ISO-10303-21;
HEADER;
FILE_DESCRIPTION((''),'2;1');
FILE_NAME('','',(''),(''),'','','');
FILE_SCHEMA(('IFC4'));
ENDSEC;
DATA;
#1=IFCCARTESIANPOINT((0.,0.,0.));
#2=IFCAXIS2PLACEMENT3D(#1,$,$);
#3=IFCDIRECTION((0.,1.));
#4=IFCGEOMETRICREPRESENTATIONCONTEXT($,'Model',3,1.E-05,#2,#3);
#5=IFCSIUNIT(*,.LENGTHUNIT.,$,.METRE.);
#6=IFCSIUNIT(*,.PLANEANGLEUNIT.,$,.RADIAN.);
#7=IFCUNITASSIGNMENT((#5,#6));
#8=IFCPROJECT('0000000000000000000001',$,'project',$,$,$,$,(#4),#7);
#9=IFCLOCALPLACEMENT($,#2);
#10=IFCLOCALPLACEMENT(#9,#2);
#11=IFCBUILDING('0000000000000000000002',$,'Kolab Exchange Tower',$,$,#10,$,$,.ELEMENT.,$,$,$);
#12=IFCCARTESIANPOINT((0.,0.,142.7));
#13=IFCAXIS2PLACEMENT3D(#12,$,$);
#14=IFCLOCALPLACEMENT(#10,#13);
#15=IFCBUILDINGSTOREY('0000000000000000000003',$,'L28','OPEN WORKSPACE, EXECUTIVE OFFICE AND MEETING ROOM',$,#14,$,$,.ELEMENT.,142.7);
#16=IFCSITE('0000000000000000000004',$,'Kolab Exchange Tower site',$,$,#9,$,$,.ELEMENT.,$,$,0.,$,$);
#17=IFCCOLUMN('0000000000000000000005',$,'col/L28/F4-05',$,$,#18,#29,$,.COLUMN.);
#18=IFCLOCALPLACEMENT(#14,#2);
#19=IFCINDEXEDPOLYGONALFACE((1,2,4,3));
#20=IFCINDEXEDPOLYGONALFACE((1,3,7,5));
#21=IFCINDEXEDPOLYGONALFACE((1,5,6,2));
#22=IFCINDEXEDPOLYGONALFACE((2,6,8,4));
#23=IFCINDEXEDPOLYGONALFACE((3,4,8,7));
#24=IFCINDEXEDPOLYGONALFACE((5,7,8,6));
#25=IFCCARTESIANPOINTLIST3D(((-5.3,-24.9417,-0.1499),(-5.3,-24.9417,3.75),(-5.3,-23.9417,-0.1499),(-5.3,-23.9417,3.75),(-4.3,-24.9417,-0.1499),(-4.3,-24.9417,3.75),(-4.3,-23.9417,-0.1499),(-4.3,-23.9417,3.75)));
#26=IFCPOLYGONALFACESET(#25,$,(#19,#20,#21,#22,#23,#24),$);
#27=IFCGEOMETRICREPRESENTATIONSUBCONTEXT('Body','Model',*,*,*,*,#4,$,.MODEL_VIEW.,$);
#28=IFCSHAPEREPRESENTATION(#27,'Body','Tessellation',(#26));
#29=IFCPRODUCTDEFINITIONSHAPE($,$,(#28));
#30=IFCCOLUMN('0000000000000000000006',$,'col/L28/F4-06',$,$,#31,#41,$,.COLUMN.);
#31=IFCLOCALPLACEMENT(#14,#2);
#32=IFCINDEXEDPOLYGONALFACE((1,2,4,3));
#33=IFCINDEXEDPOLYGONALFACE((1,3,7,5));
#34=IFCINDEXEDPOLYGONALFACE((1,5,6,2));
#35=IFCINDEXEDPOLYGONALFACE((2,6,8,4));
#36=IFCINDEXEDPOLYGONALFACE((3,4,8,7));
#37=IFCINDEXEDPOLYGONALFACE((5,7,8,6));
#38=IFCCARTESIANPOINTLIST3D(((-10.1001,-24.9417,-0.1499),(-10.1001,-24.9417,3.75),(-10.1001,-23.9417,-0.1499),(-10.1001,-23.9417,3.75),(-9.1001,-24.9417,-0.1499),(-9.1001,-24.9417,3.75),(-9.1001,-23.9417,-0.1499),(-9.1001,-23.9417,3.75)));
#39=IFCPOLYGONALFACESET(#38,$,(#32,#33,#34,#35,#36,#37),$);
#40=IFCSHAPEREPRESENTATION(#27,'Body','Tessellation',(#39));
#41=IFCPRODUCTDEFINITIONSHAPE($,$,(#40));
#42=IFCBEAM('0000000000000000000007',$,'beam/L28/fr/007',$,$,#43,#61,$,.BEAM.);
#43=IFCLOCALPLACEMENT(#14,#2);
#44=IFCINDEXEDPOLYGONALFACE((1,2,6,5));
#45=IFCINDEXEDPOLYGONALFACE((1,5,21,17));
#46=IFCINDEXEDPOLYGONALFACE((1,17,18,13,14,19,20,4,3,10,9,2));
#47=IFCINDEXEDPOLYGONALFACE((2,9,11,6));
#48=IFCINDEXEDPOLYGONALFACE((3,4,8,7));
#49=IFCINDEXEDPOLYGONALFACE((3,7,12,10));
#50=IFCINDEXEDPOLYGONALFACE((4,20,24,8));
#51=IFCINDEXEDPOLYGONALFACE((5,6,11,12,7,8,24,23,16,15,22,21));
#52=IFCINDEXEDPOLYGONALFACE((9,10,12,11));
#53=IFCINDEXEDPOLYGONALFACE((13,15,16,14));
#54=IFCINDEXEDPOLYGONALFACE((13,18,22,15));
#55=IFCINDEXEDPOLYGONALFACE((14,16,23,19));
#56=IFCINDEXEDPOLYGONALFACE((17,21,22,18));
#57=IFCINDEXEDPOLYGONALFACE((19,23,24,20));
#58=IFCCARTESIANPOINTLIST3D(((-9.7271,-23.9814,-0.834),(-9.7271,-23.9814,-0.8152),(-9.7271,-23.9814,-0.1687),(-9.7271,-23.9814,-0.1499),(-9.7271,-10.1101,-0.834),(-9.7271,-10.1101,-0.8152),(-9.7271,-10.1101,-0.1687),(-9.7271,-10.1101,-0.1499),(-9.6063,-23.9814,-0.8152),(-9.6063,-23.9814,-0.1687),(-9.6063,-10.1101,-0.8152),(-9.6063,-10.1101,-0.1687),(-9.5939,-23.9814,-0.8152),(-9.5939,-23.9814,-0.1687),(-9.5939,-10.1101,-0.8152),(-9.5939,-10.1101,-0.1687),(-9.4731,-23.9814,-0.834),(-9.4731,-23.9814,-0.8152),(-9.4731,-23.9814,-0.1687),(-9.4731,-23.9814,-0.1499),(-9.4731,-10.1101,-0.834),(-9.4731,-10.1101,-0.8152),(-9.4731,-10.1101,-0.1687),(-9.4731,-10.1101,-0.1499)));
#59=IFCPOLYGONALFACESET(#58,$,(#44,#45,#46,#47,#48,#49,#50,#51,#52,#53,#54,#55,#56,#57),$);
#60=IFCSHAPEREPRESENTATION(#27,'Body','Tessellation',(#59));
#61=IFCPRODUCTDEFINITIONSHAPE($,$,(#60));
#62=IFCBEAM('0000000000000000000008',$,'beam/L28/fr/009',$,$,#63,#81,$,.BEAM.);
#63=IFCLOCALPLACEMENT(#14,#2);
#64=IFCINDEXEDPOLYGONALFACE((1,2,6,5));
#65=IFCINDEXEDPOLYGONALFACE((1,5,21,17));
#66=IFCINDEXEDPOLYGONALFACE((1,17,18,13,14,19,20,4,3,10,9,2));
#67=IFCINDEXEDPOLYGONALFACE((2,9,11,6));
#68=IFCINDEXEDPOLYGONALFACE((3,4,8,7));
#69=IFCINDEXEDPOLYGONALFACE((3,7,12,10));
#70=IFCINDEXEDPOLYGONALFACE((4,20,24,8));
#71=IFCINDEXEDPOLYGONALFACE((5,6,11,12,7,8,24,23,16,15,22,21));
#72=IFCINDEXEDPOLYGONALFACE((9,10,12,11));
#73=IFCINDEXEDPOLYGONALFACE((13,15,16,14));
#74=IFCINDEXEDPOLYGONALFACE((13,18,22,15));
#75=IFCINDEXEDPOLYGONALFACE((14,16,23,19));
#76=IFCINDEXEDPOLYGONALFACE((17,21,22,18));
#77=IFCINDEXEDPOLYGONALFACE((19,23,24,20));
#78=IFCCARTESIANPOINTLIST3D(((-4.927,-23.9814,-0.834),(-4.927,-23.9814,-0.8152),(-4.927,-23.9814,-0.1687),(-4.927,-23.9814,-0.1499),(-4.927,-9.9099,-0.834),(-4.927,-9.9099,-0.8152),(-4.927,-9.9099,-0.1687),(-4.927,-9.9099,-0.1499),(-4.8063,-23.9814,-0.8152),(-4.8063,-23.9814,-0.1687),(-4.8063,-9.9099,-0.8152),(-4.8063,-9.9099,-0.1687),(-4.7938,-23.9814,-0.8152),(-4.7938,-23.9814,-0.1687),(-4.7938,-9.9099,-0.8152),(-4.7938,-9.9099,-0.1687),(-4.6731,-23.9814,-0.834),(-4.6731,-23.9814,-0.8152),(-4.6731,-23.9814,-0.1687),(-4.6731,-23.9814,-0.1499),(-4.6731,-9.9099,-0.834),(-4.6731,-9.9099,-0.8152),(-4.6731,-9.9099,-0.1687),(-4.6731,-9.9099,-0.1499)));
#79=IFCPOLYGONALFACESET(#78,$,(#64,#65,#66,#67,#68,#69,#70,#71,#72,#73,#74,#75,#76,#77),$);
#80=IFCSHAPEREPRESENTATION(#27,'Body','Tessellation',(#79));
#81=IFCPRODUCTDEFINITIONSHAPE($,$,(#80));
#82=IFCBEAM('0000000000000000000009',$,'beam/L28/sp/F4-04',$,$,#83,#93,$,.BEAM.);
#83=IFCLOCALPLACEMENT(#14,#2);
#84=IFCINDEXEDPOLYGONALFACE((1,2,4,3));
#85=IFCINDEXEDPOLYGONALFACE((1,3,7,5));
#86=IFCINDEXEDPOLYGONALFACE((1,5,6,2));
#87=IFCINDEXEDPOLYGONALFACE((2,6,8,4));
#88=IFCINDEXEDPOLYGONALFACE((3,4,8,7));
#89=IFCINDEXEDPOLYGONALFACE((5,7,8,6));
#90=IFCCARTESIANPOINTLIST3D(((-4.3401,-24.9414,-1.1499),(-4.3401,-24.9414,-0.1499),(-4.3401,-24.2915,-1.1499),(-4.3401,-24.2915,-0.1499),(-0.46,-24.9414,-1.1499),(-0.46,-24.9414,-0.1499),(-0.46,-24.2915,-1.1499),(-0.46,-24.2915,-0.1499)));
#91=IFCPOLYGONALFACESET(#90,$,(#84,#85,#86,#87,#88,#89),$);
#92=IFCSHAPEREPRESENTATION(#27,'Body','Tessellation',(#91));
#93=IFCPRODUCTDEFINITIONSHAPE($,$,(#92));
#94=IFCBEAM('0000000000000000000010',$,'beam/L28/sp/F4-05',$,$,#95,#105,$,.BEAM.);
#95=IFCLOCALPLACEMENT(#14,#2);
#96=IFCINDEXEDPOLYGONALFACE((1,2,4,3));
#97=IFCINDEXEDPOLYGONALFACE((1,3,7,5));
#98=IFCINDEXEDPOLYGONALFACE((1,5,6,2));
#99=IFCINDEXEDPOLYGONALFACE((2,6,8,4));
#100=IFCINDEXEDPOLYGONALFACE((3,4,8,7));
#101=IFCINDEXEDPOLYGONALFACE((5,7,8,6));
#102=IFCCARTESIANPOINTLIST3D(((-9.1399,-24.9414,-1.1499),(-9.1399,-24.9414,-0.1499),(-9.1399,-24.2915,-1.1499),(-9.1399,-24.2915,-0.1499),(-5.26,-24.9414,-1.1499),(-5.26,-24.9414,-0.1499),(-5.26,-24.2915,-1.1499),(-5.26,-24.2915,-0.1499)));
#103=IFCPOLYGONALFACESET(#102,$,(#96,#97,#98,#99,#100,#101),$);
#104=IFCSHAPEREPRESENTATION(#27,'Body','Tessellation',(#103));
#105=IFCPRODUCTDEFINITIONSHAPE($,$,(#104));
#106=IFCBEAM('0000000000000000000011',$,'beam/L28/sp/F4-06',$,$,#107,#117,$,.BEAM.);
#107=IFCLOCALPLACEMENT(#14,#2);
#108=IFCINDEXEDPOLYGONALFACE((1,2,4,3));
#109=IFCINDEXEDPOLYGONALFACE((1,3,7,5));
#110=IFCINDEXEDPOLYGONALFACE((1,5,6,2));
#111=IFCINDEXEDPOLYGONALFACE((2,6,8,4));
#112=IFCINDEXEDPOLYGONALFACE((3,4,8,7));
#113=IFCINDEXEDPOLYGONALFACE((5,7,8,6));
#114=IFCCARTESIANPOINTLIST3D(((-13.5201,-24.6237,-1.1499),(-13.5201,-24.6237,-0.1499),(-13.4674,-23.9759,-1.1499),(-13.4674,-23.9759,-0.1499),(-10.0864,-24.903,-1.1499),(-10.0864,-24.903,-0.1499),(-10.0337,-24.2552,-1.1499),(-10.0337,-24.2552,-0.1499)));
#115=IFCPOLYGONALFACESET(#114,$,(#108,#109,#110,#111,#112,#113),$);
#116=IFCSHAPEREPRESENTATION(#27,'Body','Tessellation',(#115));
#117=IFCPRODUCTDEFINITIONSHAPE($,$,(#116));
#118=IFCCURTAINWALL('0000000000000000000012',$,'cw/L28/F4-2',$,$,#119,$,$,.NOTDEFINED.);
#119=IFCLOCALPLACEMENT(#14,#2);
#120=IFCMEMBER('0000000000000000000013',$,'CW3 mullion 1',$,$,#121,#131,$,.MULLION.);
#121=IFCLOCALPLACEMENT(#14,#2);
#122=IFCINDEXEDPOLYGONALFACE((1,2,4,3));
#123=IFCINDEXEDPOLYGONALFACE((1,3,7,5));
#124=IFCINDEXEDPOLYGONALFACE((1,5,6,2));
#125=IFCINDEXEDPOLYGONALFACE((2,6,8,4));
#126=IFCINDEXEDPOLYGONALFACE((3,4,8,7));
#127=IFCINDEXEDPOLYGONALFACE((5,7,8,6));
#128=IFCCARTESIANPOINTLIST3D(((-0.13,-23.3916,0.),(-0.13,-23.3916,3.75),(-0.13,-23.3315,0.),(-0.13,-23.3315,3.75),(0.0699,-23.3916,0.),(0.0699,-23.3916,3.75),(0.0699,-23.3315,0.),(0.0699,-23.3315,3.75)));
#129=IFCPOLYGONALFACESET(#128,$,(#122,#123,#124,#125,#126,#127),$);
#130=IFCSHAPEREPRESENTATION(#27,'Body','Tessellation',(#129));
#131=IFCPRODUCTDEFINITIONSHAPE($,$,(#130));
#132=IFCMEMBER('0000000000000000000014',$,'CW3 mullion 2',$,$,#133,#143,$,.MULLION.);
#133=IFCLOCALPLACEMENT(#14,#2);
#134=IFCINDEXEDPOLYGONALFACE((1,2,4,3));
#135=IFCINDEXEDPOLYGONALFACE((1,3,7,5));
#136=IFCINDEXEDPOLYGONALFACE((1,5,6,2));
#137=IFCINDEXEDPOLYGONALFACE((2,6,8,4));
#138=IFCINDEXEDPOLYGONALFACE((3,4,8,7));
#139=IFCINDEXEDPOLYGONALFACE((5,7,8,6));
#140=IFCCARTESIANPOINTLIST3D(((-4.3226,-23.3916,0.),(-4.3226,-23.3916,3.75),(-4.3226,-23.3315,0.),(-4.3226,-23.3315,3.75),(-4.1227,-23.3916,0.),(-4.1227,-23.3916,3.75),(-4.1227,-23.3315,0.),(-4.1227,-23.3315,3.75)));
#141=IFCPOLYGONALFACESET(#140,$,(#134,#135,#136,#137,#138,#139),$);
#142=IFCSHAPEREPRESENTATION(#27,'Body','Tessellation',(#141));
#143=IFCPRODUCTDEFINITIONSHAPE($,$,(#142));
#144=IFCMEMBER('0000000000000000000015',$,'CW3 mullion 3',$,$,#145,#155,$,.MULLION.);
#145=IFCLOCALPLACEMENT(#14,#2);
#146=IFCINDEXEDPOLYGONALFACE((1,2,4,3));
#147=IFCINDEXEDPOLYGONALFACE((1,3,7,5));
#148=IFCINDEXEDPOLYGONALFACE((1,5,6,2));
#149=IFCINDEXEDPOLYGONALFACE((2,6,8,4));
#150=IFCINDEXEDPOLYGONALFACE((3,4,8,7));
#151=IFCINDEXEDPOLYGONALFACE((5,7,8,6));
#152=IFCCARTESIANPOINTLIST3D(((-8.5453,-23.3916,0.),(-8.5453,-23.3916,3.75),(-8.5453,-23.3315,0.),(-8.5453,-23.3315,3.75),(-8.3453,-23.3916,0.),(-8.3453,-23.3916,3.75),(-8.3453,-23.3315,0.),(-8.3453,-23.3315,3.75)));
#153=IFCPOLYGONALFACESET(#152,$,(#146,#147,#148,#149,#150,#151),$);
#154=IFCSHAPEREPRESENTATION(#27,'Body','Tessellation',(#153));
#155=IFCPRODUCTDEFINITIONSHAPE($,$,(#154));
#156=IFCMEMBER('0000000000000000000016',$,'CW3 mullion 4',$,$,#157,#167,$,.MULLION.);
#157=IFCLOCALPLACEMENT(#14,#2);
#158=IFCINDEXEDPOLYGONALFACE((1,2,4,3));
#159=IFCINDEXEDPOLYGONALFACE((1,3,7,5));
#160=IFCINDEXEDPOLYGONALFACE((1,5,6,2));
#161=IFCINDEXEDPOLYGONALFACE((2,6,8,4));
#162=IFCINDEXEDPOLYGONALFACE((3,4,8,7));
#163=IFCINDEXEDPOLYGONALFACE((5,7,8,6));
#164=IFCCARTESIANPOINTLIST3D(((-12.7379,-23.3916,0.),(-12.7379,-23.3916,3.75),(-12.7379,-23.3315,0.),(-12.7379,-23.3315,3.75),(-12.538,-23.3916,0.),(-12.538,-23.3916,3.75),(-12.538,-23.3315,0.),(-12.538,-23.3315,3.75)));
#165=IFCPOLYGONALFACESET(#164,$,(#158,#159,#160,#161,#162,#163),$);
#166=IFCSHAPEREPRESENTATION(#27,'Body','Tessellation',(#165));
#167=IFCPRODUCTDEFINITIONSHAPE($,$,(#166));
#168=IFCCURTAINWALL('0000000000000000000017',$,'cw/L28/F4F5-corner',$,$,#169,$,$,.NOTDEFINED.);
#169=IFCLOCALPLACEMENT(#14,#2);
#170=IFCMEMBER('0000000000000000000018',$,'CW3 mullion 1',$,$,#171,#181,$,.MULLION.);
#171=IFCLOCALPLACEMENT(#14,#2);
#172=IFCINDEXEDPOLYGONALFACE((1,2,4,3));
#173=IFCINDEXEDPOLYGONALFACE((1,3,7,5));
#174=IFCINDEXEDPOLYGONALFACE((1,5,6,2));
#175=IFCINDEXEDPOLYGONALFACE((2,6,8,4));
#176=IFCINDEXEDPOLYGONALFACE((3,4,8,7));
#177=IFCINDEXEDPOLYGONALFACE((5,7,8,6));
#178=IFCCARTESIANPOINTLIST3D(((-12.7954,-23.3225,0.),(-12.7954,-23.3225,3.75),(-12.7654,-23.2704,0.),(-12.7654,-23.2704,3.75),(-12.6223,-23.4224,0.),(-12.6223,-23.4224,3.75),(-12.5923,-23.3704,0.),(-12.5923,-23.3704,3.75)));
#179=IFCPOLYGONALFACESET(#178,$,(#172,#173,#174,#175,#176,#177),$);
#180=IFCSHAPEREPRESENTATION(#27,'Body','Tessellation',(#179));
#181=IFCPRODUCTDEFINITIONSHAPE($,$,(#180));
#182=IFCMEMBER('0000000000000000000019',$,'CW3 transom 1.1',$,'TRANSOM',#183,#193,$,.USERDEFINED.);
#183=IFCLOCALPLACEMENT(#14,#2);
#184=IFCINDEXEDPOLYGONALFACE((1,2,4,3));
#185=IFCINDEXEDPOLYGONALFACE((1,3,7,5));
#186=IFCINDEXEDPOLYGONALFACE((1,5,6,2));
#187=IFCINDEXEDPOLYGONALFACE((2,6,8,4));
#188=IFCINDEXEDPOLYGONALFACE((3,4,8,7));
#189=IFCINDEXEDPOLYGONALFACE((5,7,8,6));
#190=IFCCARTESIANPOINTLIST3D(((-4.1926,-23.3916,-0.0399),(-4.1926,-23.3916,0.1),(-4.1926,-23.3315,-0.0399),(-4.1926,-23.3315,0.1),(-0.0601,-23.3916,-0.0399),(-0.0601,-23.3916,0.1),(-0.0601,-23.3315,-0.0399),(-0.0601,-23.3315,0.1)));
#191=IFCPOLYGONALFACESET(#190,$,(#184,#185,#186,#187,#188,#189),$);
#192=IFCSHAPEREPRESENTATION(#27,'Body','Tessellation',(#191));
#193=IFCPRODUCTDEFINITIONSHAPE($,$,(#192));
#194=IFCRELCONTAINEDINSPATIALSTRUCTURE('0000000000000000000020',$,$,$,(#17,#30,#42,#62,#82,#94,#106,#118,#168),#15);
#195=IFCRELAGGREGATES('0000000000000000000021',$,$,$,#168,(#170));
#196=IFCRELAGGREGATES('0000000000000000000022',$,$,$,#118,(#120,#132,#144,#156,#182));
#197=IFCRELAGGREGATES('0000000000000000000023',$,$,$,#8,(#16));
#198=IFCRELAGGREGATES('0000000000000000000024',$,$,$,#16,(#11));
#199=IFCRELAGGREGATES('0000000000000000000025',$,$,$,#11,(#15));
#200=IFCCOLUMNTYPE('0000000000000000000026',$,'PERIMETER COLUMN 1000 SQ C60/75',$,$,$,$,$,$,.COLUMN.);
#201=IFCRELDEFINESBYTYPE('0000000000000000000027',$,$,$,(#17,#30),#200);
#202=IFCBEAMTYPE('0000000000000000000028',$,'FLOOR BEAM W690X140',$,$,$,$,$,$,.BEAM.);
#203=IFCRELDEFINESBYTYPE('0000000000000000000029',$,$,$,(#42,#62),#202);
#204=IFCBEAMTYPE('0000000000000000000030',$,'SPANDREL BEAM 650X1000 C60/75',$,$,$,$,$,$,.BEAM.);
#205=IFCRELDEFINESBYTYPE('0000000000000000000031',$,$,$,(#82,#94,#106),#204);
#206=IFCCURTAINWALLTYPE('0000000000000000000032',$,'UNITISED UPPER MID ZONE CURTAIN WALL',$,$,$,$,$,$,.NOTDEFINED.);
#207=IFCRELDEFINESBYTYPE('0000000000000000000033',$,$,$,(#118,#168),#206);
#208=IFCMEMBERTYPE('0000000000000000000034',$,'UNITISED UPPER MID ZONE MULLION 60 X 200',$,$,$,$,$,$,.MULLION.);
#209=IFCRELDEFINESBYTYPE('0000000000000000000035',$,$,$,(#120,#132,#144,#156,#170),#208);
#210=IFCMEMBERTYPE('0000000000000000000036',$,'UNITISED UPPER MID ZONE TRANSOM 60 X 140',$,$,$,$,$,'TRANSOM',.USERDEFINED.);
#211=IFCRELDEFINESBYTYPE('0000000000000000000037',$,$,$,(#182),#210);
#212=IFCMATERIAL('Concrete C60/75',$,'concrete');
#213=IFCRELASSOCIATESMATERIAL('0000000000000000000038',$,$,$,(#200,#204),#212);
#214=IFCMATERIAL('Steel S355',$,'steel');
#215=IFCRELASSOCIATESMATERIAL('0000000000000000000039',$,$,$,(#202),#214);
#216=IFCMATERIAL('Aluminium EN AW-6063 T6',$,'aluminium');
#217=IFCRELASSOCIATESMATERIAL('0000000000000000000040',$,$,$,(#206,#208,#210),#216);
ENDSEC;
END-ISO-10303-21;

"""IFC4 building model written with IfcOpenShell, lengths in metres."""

from ifc_helpers import new_model, si_unit, direction, frame, origin, origin_2d, place, context, subcontext, project, spatial, rectangle, i_section, extrude, material, material_profile, profile_set, type_object, element, aggregate, save


model = new_model("IFC4")

# Units and contexts
model_context = context("Model", 3, precision=1e-05, world=origin(), true_north=direction((0.0, 1.0)))
body_context = subcontext(model_context, "Body", "Model", "MODEL_VIEW")
ifc_project = project(units=[si_unit("LENGTHUNIT", "METRE"), si_unit("PLANEANGLEUNIT", "RADIAN")], contexts=[model_context])

# Site, building, storey
site_placement = place(None, origin())
site = spatial("IfcSite", under=ifc_project, at=site_placement, Name="Kolab Exchange Tower site", CompositionType="ELEMENT", RefElevation=0.0)
building_placement = place(site_placement, origin())
building = spatial("IfcBuilding", under=site, at=building_placement, Name="Kolab Exchange Tower", CompositionType="ELEMENT")
storey_placement = place(building_placement, frame((0.0, 0.0, 142.7)))
storey = spatial("IfcBuildingStorey", under=building, at=storey_placement, Name="L28", Description="OPEN WORKSPACE, EXECUTIVE OFFICE AND MEETING ROOM", CompositionType="ELEMENT", Elevation=142.7)

# Columns
ifc_material_1 = material(Name="Concrete C60/75", Category="concrete")
ifc_material_profile_1 = material_profile(ifc_material_1, rectangle(XDim=1.0, YDim=1.0, at=origin_2d()), Name="RC1000")
ifc_profile_set_1 = profile_set([ifc_material_profile_1], Name="Concrete C60/75")
column_type = type_object("IfcColumnType", Name="PERIMETER COLUMN 1000 SQ C60/75", PredefinedType="COLUMN", material=ifc_profile_set_1)
for number, where, z_axis, x_axis, name in (
    (1, (-4.8, -24.4417, -0.1499), (0.0, 0.0, 1.0), (1.0, 0.0, 0.0), "col/L28/F4-05"),
    (2, (-9.6001, -24.4417, -0.1499), (0.0, 0.0, 1.0), (1.0, 0.0, 0.0), "col/L28/F4-06"),
):
    element("IfcColumn", number, at=place(storey_placement, frame(where, z_axis=z_axis, x_axis=x_axis)), inside=storey, type_object=column_type, Name=name, PredefinedType="COLUMN", context=body_context, shape_type="SweptSolid", body=[
        extrude(rectangle(XDim=1.0, YDim=1.0, at=origin_2d()), origin(), (0.0, 0.0, 1.0), 3.8999),
    ])

# Beams
ifc_material_2 = material(Name="Steel S355", Category="steel")
ifc_material_profile_2 = material_profile(ifc_material_2, i_section(OverallWidth=0.2539, OverallDepth=0.6841, WebThickness=0.0125, FlangeThickness=0.0188, at=origin_2d()), Name="W690X140")
ifc_profile_set_2 = profile_set([ifc_material_profile_2], Name="Steel S355")
beam_type_1 = type_object("IfcBeamType", Name="FLOOR BEAM W690X140", PredefinedType="BEAM", material=ifc_profile_set_2)
beam_1_placement = place(storey_placement, frame((-9.6001, -23.9814, -0.4919), z_axis=(0.0, 1.0, 0.0), x_axis=(-1.0, 0.0, 0.0)))
element("IfcBeam", 3, at=beam_1_placement, inside=storey, type_object=beam_type_1, Name="beam/L28/fr/007", PredefinedType="BEAM", context=body_context, shape_type="SweptSolid", body=[
    extrude(i_section(OverallWidth=0.2539, OverallDepth=0.6841, WebThickness=0.0125, FlangeThickness=0.0188, at=origin_2d()), origin(), (0.0, 0.0, 1.0), 13.8713),
])
beam_2_placement = place(storey_placement, frame((-4.8, -23.9814, -0.4919), z_axis=(0.0, 1.0, 0.0), x_axis=(-1.0, 0.0, 0.0)))
element("IfcBeam", 4, at=beam_2_placement, inside=storey, type_object=beam_type_1, Name="beam/L28/fr/009", PredefinedType="BEAM", context=body_context, shape_type="SweptSolid", body=[
    extrude(i_section(OverallWidth=0.2539, OverallDepth=0.6841, WebThickness=0.0125, FlangeThickness=0.0188, at=origin_2d()), origin(), (0.0, 0.0, 1.0), 14.0715),
])
ifc_material_profile_3 = material_profile(ifc_material_1, rectangle(XDim=0.6499, YDim=1.0, at=origin_2d()), Name="RC650X1000")
ifc_profile_set_3 = profile_set([ifc_material_profile_3], Name="Concrete C60/75")
beam_type_2 = type_object("IfcBeamType", Name="SPANDREL BEAM 650X1000 C60/75", PredefinedType="BEAM", material=ifc_profile_set_3)
beam_3_placement = place(storey_placement, frame((-0.46, -24.6165, -0.6499), z_axis=(-1.0, 0.0, 0.0), x_axis=(0.0, -1.0, 0.0)))
element("IfcBeam", 5, at=beam_3_placement, inside=storey, type_object=beam_type_2, Name="beam/L28/sp/F4-04", PredefinedType="BEAM", context=body_context, shape_type="SweptSolid", body=[
    extrude(rectangle(XDim=0.6499, YDim=1.0, at=origin_2d()), origin(), (0.0, 0.0, 1.0), 3.8801),
])
beam_4_placement = place(storey_placement, frame((-5.26, -24.6165, -0.6499), z_axis=(-1.0, 0.0, 0.0), x_axis=(0.0, -1.0, 0.0)))
element("IfcBeam", 6, at=beam_4_placement, inside=storey, type_object=beam_type_2, Name="beam/L28/sp/F4-05", PredefinedType="BEAM", context=body_context, shape_type="SweptSolid", body=[
    extrude(rectangle(XDim=0.6499, YDim=1.0, at=origin_2d()), origin(), (0.0, 0.0, 1.0), 3.8799),
])
beam_5_placement = place(storey_placement, frame((-10.0601, -24.5791, -0.6499), z_axis=(-0.996708, 0.081069, 0.0), x_axis=(-0.081069, -0.996708, 0.0)))
element("IfcBeam", 7, at=beam_5_placement, inside=storey, type_object=beam_type_2, Name="beam/L28/sp/F4-06", PredefinedType="BEAM", context=body_context, shape_type="SweptSolid", body=[
    extrude(rectangle(XDim=0.6499, YDim=1.0, at=origin_2d()), origin(), (0.0, 0.0, 1.0), 3.4451),
])

# Curtain wall, members
ifc_material_3 = material(Name="Aluminium EN AW-6063 T6", Category="aluminium")
curtain_wall_type = type_object("IfcCurtainWallType", Name="UNITISED UPPER MID ZONE CURTAIN WALL", PredefinedType="NOTDEFINED", material=ifc_material_3)
curtain_wall_1_placement = place(storey_placement, origin())
curtain_wall_1 = element("IfcCurtainWall", 8, at=curtain_wall_1_placement, inside=storey, type_object=curtain_wall_type, Name="cw/L28/F4-2", PredefinedType="NOTDEFINED")
ifc_material_profile_4 = material_profile(ifc_material_3, rectangle(XDim=0.0601, YDim=0.2, at=origin_2d()), Name="RECT 60X200")
ifc_profile_set_4 = profile_set([ifc_material_profile_4], Name="Aluminium EN AW-6063 T6")
member_type_1 = type_object("IfcMemberType", Name="UNITISED UPPER MID ZONE MULLION 60 X 200", PredefinedType="MULLION", material=ifc_profile_set_4)
member_1_placement = place(storey_placement, frame((-0.03, -23.3616, 0.0), z_axis=(0.0, 0.0, 1.0), x_axis=(0.0, -1.0, 0.0)))
member_1 = element("IfcMember", 9, at=member_1_placement, type_object=member_type_1, Name="CW3 mullion 1", PredefinedType="MULLION", context=body_context, shape_type="SweptSolid", body=[
    extrude(rectangle(XDim=0.0601, YDim=0.2, at=origin_2d()), origin(), (0.0, 0.0, 1.0), 3.75),
])
member_2_placement = place(storey_placement, frame((-4.2227, -23.3616, 0.0), z_axis=(0.0, 0.0, 1.0), x_axis=(0.0, -1.0, 0.0)))
member_2 = element("IfcMember", 10, at=member_2_placement, type_object=member_type_1, Name="CW3 mullion 2", PredefinedType="MULLION", context=body_context, shape_type="SweptSolid", body=[
    extrude(rectangle(XDim=0.0601, YDim=0.2, at=origin_2d()), origin(), (0.0, 0.0, 1.0), 3.75),
])
member_3_placement = place(storey_placement, frame((-8.4453, -23.3616, 0.0), z_axis=(0.0, 0.0, 1.0), x_axis=(0.0, -1.0, 0.0)))
member_3 = element("IfcMember", 11, at=member_3_placement, type_object=member_type_1, Name="CW3 mullion 3", PredefinedType="MULLION", context=body_context, shape_type="SweptSolid", body=[
    extrude(rectangle(XDim=0.0601, YDim=0.2, at=origin_2d()), origin(), (0.0, 0.0, 1.0), 3.75),
])
member_4_placement = place(storey_placement, frame((-12.6379, -23.3616, 0.0), z_axis=(0.0, 0.0, 1.0), x_axis=(0.0, -1.0, 0.0)))
member_4 = element("IfcMember", 12, at=member_4_placement, type_object=member_type_1, Name="CW3 mullion 4", PredefinedType="MULLION", context=body_context, shape_type="SweptSolid", body=[
    extrude(rectangle(XDim=0.0601, YDim=0.2, at=origin_2d()), origin(), (0.0, 0.0, 1.0), 3.75),
])

# Curtain wall, member
curtain_wall_2_placement = place(storey_placement, origin())
curtain_wall_2 = element("IfcCurtainWall", 13, at=curtain_wall_2_placement, inside=storey, type_object=curtain_wall_type, Name="cw/L28/F4F5-corner", PredefinedType="NOTDEFINED")
member_5_placement = place(storey_placement, frame((-12.6938, -23.3464, 0.0), z_axis=(0.0, 0.0, 1.0), x_axis=(-0.5, -0.866025, 0.0)))
member_5 = element("IfcMember", 14, at=member_5_placement, type_object=member_type_1, Name="CW3 mullion 1", PredefinedType="MULLION", context=body_context, shape_type="SweptSolid", body=[
    extrude(rectangle(XDim=0.0601, YDim=0.2, at=origin_2d()), origin(), (0.0, 0.0, 1.0), 3.75),
])

# Member
ifc_material_profile_5 = material_profile(ifc_material_3, rectangle(XDim=0.0601, YDim=0.1399, at=origin_2d()), Name="RECT 60X140")
ifc_profile_set_5 = profile_set([ifc_material_profile_5], Name="Aluminium EN AW-6063 T6")
member_type_2 = type_object("IfcMemberType", Name="UNITISED UPPER MID ZONE TRANSOM 60 X 140", ElementType="TRANSOM", PredefinedType="USERDEFINED", material=ifc_profile_set_5)
member_6_placement = place(storey_placement, frame((-0.0601, -23.3616, 0.03), z_axis=(-1.0, 0.0, 0.0), x_axis=(0.0, -1.0, 0.0)))
member_6 = element("IfcMember", 15, at=member_6_placement, type_object=member_type_2, Name="CW3 transom 1.1", ObjectType="TRANSOM", PredefinedType="USERDEFINED", context=body_context, shape_type="SweptSolid", body=[
    extrude(rectangle(XDim=0.0601, YDim=0.1399, at=origin_2d()), origin(), (0.0, 0.0, 1.0), 4.1326),
])
aggregate(curtain_wall_2, [member_5])

aggregate(curtain_wall_1, [member_1, member_2, member_3, member_4, member_6])

save(model, "model.ifc")
